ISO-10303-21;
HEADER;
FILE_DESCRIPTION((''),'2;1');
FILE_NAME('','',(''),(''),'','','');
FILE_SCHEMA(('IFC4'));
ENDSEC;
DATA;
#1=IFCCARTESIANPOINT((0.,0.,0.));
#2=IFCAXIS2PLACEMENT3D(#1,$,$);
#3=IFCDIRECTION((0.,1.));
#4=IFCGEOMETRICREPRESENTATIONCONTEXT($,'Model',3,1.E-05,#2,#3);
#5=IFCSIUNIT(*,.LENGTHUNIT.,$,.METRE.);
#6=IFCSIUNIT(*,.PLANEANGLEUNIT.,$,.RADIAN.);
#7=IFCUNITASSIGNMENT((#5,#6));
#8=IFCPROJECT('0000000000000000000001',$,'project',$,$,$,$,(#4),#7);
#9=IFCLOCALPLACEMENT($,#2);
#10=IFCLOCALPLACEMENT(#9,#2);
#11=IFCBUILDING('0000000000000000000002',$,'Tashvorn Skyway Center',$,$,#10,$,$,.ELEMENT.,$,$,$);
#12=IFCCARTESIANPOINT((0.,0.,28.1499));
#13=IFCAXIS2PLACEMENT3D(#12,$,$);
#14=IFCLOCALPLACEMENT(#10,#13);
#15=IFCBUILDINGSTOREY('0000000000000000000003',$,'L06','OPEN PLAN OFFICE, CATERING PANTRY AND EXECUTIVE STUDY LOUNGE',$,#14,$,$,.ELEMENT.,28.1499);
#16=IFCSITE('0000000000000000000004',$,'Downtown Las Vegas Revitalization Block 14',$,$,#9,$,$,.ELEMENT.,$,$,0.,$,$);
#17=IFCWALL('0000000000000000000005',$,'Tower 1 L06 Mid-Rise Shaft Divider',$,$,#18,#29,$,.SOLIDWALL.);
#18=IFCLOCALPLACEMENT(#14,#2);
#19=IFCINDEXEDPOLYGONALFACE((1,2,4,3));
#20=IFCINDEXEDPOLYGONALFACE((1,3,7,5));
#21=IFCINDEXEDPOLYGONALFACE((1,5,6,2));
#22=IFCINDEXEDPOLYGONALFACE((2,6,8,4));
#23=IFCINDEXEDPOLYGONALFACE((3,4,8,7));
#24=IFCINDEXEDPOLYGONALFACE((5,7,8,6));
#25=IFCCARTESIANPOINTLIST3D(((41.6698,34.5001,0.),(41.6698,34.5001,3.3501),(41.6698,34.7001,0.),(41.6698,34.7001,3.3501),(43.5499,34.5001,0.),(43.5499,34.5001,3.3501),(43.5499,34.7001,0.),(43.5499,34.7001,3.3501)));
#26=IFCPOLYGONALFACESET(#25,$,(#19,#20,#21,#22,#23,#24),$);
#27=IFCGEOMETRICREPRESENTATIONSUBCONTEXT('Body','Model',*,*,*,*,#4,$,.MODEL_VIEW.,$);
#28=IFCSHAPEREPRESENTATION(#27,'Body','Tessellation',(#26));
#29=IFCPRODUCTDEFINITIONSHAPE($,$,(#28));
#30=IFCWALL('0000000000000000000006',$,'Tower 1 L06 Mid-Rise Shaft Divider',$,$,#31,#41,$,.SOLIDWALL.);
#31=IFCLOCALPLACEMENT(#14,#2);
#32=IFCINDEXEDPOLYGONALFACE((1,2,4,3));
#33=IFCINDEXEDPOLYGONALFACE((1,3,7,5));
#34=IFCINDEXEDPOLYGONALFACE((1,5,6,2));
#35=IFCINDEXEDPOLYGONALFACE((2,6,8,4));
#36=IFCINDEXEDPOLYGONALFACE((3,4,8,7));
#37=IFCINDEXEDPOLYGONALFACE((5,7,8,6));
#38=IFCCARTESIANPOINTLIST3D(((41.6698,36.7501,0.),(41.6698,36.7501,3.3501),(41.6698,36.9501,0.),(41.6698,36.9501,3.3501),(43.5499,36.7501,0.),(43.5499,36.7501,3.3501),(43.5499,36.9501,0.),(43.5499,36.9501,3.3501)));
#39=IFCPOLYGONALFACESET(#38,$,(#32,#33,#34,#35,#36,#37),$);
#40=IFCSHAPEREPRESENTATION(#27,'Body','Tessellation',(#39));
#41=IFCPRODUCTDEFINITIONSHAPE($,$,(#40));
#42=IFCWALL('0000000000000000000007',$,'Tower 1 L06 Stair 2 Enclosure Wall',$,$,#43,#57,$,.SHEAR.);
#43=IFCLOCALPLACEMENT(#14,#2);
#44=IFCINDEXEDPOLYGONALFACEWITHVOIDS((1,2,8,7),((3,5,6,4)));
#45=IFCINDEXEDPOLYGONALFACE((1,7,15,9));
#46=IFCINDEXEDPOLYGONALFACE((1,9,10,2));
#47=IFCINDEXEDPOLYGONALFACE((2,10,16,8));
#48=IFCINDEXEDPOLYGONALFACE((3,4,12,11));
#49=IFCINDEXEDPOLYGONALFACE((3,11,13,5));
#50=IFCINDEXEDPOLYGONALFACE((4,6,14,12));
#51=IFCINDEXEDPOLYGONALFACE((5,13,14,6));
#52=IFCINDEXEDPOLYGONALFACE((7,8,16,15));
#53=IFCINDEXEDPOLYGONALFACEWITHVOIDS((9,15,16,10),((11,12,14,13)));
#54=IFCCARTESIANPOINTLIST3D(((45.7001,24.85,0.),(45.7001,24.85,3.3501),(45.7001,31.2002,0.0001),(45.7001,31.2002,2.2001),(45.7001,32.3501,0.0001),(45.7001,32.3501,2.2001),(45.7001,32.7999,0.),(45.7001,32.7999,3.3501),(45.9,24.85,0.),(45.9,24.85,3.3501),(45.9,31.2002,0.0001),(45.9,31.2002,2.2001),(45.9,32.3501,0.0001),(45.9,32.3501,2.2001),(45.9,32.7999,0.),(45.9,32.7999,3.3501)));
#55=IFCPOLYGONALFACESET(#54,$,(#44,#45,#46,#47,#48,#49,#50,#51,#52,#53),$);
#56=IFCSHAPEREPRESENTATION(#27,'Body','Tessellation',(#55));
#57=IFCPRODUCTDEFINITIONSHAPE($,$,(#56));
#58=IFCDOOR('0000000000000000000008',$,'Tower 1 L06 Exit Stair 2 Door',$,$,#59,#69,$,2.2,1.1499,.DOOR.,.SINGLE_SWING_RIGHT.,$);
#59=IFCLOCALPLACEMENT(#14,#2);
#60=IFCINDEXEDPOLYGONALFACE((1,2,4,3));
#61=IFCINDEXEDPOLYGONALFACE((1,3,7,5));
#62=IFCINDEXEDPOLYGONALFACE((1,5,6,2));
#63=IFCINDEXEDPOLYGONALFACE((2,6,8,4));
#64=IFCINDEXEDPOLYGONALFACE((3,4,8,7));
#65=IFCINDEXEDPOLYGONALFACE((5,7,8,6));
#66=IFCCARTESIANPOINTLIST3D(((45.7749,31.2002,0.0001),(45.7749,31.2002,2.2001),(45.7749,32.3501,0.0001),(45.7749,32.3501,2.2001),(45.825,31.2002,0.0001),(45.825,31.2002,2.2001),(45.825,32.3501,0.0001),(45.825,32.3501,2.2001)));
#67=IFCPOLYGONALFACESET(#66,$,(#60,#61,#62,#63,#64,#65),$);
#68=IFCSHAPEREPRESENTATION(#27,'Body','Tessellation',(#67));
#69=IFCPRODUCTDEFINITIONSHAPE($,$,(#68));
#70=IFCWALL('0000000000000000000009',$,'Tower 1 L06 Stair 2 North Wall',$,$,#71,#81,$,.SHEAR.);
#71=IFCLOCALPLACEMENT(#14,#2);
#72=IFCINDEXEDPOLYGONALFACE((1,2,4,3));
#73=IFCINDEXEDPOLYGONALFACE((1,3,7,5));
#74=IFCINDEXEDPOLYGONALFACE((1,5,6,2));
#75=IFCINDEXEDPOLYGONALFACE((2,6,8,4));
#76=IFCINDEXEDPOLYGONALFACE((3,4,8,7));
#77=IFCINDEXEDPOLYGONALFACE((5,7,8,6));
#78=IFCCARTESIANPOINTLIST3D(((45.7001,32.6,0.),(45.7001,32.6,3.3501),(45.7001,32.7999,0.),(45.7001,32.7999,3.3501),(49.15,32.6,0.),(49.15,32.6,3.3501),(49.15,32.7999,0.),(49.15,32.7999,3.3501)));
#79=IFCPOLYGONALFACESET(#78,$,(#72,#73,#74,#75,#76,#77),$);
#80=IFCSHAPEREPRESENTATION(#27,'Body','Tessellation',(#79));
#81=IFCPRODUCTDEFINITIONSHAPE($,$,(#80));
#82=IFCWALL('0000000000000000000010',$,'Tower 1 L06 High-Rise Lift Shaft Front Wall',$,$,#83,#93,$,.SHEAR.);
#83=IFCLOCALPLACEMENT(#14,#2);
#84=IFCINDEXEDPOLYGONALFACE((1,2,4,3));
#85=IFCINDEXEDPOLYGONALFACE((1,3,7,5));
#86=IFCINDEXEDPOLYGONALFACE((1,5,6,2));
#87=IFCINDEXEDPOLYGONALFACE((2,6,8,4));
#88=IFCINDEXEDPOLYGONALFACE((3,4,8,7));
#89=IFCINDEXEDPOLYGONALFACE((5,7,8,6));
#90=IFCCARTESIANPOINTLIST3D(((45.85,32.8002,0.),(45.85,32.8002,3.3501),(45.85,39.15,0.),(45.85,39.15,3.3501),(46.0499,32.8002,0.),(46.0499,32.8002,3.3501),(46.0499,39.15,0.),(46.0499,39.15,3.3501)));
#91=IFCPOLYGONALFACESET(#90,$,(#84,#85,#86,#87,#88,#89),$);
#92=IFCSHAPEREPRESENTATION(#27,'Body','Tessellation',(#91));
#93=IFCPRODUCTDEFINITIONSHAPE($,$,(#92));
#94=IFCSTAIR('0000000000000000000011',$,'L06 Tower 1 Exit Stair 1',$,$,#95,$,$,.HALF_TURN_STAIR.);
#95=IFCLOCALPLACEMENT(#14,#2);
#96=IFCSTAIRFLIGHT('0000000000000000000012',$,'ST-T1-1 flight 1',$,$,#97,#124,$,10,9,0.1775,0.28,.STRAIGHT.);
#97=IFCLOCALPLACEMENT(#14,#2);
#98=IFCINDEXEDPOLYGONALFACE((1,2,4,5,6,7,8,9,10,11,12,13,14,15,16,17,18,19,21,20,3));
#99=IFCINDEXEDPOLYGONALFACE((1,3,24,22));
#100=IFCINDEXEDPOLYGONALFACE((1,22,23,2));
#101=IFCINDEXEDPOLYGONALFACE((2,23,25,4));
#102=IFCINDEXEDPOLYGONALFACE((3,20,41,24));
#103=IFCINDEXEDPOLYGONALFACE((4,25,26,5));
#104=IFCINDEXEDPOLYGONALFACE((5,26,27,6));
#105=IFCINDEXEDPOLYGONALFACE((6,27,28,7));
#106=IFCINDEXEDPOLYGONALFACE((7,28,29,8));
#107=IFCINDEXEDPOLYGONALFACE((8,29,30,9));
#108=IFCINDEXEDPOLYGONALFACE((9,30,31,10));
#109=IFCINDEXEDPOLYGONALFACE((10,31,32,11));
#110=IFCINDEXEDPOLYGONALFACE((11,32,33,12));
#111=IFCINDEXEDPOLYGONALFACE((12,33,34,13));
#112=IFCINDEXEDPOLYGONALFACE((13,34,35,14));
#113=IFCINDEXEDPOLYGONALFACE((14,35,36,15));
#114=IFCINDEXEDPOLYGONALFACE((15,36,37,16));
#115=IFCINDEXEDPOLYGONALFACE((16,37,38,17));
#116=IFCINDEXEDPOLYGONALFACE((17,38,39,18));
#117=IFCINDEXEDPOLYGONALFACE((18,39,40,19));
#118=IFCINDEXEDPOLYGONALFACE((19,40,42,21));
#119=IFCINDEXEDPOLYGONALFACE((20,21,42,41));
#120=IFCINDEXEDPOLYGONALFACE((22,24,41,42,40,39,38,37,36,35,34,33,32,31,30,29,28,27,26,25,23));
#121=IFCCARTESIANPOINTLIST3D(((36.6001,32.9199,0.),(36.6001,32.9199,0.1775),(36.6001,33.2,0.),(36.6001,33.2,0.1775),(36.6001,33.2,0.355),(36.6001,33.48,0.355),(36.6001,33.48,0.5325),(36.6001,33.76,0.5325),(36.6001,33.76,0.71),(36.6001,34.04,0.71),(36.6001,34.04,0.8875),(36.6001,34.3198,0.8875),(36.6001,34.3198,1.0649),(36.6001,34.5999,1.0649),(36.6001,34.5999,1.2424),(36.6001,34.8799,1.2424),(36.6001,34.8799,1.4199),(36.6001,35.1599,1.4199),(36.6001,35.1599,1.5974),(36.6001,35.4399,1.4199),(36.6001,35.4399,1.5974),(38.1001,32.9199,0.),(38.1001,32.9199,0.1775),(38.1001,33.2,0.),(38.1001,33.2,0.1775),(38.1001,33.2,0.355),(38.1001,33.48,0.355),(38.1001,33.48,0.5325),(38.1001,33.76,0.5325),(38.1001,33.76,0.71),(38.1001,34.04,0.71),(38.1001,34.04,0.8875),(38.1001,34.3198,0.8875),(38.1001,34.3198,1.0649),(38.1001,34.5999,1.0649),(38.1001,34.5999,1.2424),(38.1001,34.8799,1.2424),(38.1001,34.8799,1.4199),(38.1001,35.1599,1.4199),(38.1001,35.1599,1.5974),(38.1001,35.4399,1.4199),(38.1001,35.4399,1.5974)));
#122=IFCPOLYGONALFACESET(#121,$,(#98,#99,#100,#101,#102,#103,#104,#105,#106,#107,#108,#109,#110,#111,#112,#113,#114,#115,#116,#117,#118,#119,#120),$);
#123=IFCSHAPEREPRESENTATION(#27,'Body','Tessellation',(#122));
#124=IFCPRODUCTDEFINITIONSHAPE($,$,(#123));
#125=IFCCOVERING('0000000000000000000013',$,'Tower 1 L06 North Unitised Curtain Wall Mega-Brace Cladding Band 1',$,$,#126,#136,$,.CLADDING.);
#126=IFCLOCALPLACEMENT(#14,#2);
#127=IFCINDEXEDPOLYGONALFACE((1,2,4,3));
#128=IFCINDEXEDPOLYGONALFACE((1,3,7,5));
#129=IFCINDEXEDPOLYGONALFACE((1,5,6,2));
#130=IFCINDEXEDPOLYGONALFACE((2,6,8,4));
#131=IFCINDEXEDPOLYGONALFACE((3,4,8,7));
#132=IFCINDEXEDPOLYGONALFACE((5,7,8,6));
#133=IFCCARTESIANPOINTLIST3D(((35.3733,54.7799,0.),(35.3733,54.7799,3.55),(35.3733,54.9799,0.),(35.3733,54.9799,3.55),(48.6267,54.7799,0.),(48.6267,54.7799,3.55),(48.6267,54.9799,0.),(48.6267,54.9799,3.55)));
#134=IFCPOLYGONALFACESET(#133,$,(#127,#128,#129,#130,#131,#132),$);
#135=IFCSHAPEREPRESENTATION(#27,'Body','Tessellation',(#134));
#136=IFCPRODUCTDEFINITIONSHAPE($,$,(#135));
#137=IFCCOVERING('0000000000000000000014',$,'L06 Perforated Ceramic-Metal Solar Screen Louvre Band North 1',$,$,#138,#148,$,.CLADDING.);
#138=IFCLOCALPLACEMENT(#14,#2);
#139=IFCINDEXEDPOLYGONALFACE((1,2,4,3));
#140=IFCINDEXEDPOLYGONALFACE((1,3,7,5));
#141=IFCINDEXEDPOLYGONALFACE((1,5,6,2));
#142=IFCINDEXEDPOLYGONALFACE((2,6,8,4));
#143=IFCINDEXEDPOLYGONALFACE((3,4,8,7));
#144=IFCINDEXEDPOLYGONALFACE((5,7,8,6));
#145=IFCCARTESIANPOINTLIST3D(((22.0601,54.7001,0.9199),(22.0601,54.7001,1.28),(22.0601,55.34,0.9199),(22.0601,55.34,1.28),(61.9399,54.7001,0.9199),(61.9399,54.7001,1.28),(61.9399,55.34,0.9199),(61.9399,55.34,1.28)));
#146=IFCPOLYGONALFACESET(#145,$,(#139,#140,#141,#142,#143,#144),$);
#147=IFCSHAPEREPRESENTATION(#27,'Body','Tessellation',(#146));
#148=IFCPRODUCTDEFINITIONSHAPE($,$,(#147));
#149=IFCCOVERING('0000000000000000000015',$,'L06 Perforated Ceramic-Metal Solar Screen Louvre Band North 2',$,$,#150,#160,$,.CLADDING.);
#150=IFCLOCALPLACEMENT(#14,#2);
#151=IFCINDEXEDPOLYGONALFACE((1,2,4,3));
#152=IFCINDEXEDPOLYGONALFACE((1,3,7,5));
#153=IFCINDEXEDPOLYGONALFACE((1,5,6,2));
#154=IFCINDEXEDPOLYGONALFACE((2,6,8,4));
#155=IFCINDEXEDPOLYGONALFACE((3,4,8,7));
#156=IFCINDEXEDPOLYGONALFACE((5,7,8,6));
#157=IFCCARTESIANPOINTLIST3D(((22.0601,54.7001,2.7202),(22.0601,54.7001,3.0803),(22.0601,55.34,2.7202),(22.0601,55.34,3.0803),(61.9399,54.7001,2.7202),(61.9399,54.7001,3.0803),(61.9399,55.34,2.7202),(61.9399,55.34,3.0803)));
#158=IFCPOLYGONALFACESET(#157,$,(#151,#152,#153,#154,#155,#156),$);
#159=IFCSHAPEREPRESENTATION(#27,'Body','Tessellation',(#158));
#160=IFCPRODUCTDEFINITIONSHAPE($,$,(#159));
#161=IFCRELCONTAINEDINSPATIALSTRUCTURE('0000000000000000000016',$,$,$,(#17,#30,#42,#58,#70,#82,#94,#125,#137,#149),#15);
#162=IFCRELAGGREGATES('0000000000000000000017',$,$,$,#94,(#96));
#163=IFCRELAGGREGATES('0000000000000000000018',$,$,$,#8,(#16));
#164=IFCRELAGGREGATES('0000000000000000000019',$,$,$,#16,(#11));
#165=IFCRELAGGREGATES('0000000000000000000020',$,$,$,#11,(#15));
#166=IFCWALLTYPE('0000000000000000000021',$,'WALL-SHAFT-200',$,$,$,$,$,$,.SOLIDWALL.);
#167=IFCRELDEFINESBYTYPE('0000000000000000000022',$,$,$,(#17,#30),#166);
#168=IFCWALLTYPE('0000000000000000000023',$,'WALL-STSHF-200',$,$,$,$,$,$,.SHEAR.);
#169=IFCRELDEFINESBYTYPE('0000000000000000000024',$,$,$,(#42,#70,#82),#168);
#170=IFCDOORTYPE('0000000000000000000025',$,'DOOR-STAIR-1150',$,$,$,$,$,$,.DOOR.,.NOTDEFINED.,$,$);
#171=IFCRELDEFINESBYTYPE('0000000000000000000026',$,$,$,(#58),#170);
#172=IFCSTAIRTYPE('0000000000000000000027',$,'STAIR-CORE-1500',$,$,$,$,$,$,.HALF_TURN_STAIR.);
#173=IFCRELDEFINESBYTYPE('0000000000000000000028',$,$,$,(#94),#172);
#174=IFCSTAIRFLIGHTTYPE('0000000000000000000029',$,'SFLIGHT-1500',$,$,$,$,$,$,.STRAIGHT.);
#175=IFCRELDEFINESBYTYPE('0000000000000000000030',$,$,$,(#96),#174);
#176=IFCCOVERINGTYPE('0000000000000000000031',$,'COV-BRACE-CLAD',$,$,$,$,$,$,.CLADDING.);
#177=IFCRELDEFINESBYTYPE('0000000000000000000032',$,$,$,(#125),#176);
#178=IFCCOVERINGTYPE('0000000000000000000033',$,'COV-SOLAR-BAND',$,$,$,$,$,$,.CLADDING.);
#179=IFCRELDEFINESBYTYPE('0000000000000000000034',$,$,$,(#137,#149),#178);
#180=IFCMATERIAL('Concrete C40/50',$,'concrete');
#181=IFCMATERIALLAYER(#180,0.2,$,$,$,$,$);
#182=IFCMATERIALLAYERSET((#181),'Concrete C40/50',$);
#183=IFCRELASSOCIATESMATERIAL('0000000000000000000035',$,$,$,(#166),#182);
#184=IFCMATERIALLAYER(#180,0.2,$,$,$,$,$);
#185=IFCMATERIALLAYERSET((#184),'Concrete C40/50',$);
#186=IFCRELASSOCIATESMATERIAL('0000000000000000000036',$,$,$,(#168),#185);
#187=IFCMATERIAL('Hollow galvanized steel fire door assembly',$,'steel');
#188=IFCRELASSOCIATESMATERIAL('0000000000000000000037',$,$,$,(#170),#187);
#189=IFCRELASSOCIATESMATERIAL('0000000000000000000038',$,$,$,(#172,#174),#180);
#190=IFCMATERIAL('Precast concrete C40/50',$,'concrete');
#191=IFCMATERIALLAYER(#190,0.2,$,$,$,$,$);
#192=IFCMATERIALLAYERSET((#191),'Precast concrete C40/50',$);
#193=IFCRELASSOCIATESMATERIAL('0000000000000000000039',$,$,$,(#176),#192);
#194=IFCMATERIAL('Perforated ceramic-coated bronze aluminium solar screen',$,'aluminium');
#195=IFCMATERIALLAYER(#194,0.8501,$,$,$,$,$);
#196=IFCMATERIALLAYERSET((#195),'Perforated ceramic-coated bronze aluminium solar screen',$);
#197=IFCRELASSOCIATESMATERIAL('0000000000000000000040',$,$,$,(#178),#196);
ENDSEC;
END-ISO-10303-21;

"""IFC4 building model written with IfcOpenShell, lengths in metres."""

from ifc_helpers import new_model, si_unit, direction, frame, frame_2d, origin, origin_2d, place, context, subcontext, project, spatial, polyline, rectangle, outline, extrude, material, layer, layer_set, type_object, element, fill, aggregate, save


model = new_model("IFC4")

# Units and contexts
model_context = context("Model", 3, precision=1e-05, world=origin(), true_north=direction((0.0, 1.0)))
body_context = subcontext(model_context, "Body", "Model", "MODEL_VIEW")
ifc_project = project(units=[si_unit("LENGTHUNIT", "METRE"), si_unit("PLANEANGLEUNIT", "RADIAN")], contexts=[model_context])

# Site, building, storey
site_placement = place(None, origin())
site = spatial("IfcSite", under=ifc_project, at=site_placement, Name="Downtown Las Vegas Revitalization Block 14", CompositionType="ELEMENT", RefElevation=0.0)
building_placement = place(site_placement, origin())
building = spatial("IfcBuilding", under=site, at=building_placement, Name="Tashvorn Skyway Center", CompositionType="ELEMENT")
storey_placement = place(building_placement, frame((0.0, 0.0, 28.1499)))
storey = spatial("IfcBuildingStorey", under=building, at=storey_placement, Name="L06", Description="OPEN PLAN OFFICE, CATERING PANTRY AND EXECUTIVE STUDY LOUNGE", CompositionType="ELEMENT", Elevation=28.1499)

# Shared definitions
ifc_material_1 = material(Name="Concrete C40/50", Category="concrete")
ifc_material_2 = material(Name="Hollow galvanized steel fire door assembly", Category="steel")

# Walls
ifc_layer_1 = layer(ifc_material_1, 0.2)
ifc_layer_set_1 = layer_set([ifc_layer_1], Name="Concrete C40/50")
wall_type_1 = type_object("IfcWallType", Name="WALL-SHAFT-200", PredefinedType="SOLIDWALL", material=ifc_layer_set_1)
for number, where, z_axis, x_axis, name in (
    (1, (41.6699, 34.6001, 0.0), (0.0, 0.0, 1.0), (1.0, 0.0, 0.0), "Tower 1 L06 Mid-Rise Shaft Divider"),
    (2, (41.6699, 36.8501, 0.0), (0.0, 0.0, 1.0), (1.0, 0.0, 0.0), "Tower 1 L06 Mid-Rise Shaft Divider"),
):
    element("IfcWall", number, at=place(storey_placement, frame(where, z_axis=z_axis, x_axis=x_axis)), inside=storey, type_object=wall_type_1, Name=name, PredefinedType="SOLIDWALL", context=body_context, shape_type="SweptSolid", body=[
        extrude(rectangle(XDim=1.8801, YDim=0.2, at=frame_2d((0.9399, 0.0))), origin(), (0.0, 0.0, 1.0), 3.3501),
    ])

# Wall, opening, door
ifc_layer_2 = layer(ifc_material_1, 0.2)
ifc_layer_set_2 = layer_set([ifc_layer_2], Name="Concrete C40/50")
wall_type_2 = type_object("IfcWallType", Name="WALL-STSHF-200", PredefinedType="SHEAR", material=ifc_layer_set_2)
wall_1_placement = place(storey_placement, frame((45.8, 32.8, 0.0), z_axis=(0.0, 0.0, 1.0), x_axis=(0.0, -1.0, 0.0)))
wall_1 = element("IfcWall", 3, at=wall_1_placement, inside=storey, type_object=wall_type_2, Name="Tower 1 L06 Stair 2 Enclosure Wall", PredefinedType="SHEAR", context=body_context, shape_type="SweptSolid", body=[
    extrude(rectangle(XDim=7.95, YDim=0.2, at=frame_2d((3.9751, 0.0))), origin(), (0.0, 0.0, 1.0), 3.3501),
])
opening_1_placement = place(wall_1_placement, frame((0.45, 0.0, 0.0)))
opening_1 = element("IfcOpeningElement", 4, at=opening_1_placement, cuts=wall_1, PredefinedType="OPENING", context=body_context, shape_type="SweptSolid", body=[
    extrude(rectangle(XDim=1.1499, YDim=2.2, at=frame_2d((0.575, 1.1001))), frame((0.0, 0.1099, 0.0), z_axis=(0.0, -1.0, 0.0), x_axis=(1.0, 0.0, 0.0)), (0.0, 0.0, 1.0), 0.22),
])
door_type_1 = type_object("IfcDoorType", Name="DOOR-STAIR-1150", OperationType="NOTDEFINED", PredefinedType="DOOR", material=ifc_material_2)
door_1_placement = place(opening_1_placement, origin())
door_1 = element("IfcDoor", 5, at=door_1_placement, inside=storey, type_object=door_type_1, Name="Tower 1 L06 Exit Stair 2 Door", OperationType="SINGLE_SWING_RIGHT", OverallHeight=2.2, OverallWidth=1.1499, PredefinedType="DOOR", context=body_context, shape_type="SweptSolid", body=[
    extrude(rectangle(XDim=1.1499, YDim=2.2, at=frame_2d((0.575, 1.1001))), frame((0.0, 0.0249, 0.0), z_axis=(0.0, -1.0, 0.0), x_axis=(1.0, 0.0, 0.0)), (0.0, 0.0, 1.0), 0.05),
])
fill(opening_1, door_1)

# Walls
wall_2_placement = place(storey_placement, frame((45.7, 32.7, 0.0), z_axis=(0.0, 0.0, 1.0), x_axis=(1.0, 0.0, 0.0)))
element("IfcWall", 6, at=wall_2_placement, inside=storey, type_object=wall_type_2, Name="Tower 1 L06 Stair 2 North Wall", PredefinedType="SHEAR", context=body_context, shape_type="SweptSolid", body=[
    extrude(rectangle(XDim=3.45, YDim=0.2, at=frame_2d((1.7251, 0.0))), origin(), (0.0, 0.0, 1.0), 3.3501),
])
wall_3_placement = place(storey_placement, frame((45.95, 39.1499, 0.0), z_axis=(0.0, 0.0, 1.0), x_axis=(0.0, -1.0, 0.0)))
element("IfcWall", 7, at=wall_3_placement, inside=storey, type_object=wall_type_2, Name="Tower 1 L06 High-Rise Lift Shaft Front Wall", PredefinedType="SHEAR", context=body_context, shape_type="SweptSolid", body=[
    extrude(rectangle(XDim=6.3499, YDim=0.2, at=frame_2d((3.1748, 0.0))), origin(), (0.0, 0.0, 1.0), 3.3501),
])

# Stair, stair flight
stair_type = type_object("IfcStairType", Name="STAIR-CORE-1500", PredefinedType="HALF_TURN_STAIR", material=ifc_material_1)
stair_placement = place(storey_placement, origin())
stair = element("IfcStair", 8, at=stair_placement, inside=storey, type_object=stair_type, Name="L06 Tower 1 Exit Stair 1", PredefinedType="HALF_TURN_STAIR")
stair_flight_type = type_object("IfcStairFlightType", Name="SFLIGHT-1500", PredefinedType="STRAIGHT", material=ifc_material_1)
stair_flight_placement = place(storey_placement, frame((37.3501, 32.9199, 0.0), z_axis=(0.0, 0.0, 1.0), x_axis=(0.0, 1.0, 0.0)))
stair_flight = element("IfcStairFlight", 9, at=stair_flight_placement, type_object=stair_flight_type, Name="ST-T1-1 flight 1", NumberOfRisers=10, NumberOfTreads=9, PredefinedType="STRAIGHT", RiserHeight=0.1775, TreadLength=0.28, context=body_context, shape_type="SweptSolid", body=[
    extrude(outline(polyline([(0.0, 0.0), (0.0, 0.1775), (0.28, 0.1775), (0.28, 0.355), (0.5601, 0.355), (0.5601, 0.5325), (0.8401, 0.5325), (0.8401, 0.71), (1.1201, 0.71), (1.1201, 0.8875), (1.3999, 0.8875), (1.3999, 1.0649), (1.6799, 1.0649), (1.6799, 1.2424), (1.96, 1.2424), (1.96, 1.4199), (2.24, 1.4199), (2.24, 1.5974), (2.52, 1.5974), (2.52, 1.7749), (2.52, 1.4199), (0.28, 0.0), (0.0, 0.0)])), frame((0.0, 0.75, 0.0), z_axis=(0.0, -1.0, 0.0), x_axis=(1.0, 0.0, 0.0)), (0.0, 0.0, 1.0), 1.5),
])
aggregate(stair, [stair_flight])

# Coverings
ifc_material_3 = material(Name="Precast concrete C40/50", Category="concrete")
ifc_layer_3 = layer(ifc_material_3, 0.2)
ifc_layer_set_3 = layer_set([ifc_layer_3], Name="Precast concrete C40/50")
covering_type_1 = type_object("IfcCoveringType", Name="COV-BRACE-CLAD", PredefinedType="CLADDING", material=ifc_layer_set_3)
covering_placement = place(storey_placement, frame((42.0, 54.8799, 0.0), z_axis=(0.0, 0.0, 1.0), x_axis=(1.0, 0.0, 0.0)))
element("IfcCovering", 10, at=covering_placement, inside=storey, type_object=covering_type_1, Name="Tower 1 L06 North Unitised Curtain Wall Mega-Brace Cladding Band 1", PredefinedType="CLADDING", context=body_context, shape_type="SweptSolid", body=[
    extrude(rectangle(XDim=13.2534, YDim=0.2, at=origin_2d()), origin(), (0.0, 0.0, 1.0), 3.55),
])
ifc_material_4 = material(Name="Perforated ceramic-coated bronze aluminium solar screen", Category="aluminium")
ifc_layer_4 = layer(ifc_material_4, 0.8501)
ifc_layer_set_4 = layer_set([ifc_layer_4], Name="Perforated ceramic-coated bronze aluminium solar screen")
covering_type_2 = type_object("IfcCoveringType", Name="COV-SOLAR-BAND", PredefinedType="CLADDING", material=ifc_layer_set_4)
for number, where, z_axis, x_axis, name in (
    (11, (42.0, 55.02, 0.9199), (0.0, 0.0, 1.0), (1.0, 0.0, 0.0), "L06 Perforated Ceramic-Metal Solar Screen Louvre Band North 1"),
    (12, (42.0, 55.02, 2.7202), (0.0, 0.0, 1.0), (1.0, 0.0, 0.0), "L06 Perforated Ceramic-Metal Solar Screen Louvre Band North 2"),
):
    element("IfcCovering", number, at=place(storey_placement, frame(where, z_axis=z_axis, x_axis=x_axis)), inside=storey, type_object=covering_type_2, Name=name, PredefinedType="CLADDING", context=body_context, shape_type="SweptSolid", body=[
        extrude(rectangle(XDim=39.8799, YDim=0.6399, at=origin_2d()), origin(), (0.0, 0.0, 1.0), 0.3601),
    ])

save(model, "model.ifc")
